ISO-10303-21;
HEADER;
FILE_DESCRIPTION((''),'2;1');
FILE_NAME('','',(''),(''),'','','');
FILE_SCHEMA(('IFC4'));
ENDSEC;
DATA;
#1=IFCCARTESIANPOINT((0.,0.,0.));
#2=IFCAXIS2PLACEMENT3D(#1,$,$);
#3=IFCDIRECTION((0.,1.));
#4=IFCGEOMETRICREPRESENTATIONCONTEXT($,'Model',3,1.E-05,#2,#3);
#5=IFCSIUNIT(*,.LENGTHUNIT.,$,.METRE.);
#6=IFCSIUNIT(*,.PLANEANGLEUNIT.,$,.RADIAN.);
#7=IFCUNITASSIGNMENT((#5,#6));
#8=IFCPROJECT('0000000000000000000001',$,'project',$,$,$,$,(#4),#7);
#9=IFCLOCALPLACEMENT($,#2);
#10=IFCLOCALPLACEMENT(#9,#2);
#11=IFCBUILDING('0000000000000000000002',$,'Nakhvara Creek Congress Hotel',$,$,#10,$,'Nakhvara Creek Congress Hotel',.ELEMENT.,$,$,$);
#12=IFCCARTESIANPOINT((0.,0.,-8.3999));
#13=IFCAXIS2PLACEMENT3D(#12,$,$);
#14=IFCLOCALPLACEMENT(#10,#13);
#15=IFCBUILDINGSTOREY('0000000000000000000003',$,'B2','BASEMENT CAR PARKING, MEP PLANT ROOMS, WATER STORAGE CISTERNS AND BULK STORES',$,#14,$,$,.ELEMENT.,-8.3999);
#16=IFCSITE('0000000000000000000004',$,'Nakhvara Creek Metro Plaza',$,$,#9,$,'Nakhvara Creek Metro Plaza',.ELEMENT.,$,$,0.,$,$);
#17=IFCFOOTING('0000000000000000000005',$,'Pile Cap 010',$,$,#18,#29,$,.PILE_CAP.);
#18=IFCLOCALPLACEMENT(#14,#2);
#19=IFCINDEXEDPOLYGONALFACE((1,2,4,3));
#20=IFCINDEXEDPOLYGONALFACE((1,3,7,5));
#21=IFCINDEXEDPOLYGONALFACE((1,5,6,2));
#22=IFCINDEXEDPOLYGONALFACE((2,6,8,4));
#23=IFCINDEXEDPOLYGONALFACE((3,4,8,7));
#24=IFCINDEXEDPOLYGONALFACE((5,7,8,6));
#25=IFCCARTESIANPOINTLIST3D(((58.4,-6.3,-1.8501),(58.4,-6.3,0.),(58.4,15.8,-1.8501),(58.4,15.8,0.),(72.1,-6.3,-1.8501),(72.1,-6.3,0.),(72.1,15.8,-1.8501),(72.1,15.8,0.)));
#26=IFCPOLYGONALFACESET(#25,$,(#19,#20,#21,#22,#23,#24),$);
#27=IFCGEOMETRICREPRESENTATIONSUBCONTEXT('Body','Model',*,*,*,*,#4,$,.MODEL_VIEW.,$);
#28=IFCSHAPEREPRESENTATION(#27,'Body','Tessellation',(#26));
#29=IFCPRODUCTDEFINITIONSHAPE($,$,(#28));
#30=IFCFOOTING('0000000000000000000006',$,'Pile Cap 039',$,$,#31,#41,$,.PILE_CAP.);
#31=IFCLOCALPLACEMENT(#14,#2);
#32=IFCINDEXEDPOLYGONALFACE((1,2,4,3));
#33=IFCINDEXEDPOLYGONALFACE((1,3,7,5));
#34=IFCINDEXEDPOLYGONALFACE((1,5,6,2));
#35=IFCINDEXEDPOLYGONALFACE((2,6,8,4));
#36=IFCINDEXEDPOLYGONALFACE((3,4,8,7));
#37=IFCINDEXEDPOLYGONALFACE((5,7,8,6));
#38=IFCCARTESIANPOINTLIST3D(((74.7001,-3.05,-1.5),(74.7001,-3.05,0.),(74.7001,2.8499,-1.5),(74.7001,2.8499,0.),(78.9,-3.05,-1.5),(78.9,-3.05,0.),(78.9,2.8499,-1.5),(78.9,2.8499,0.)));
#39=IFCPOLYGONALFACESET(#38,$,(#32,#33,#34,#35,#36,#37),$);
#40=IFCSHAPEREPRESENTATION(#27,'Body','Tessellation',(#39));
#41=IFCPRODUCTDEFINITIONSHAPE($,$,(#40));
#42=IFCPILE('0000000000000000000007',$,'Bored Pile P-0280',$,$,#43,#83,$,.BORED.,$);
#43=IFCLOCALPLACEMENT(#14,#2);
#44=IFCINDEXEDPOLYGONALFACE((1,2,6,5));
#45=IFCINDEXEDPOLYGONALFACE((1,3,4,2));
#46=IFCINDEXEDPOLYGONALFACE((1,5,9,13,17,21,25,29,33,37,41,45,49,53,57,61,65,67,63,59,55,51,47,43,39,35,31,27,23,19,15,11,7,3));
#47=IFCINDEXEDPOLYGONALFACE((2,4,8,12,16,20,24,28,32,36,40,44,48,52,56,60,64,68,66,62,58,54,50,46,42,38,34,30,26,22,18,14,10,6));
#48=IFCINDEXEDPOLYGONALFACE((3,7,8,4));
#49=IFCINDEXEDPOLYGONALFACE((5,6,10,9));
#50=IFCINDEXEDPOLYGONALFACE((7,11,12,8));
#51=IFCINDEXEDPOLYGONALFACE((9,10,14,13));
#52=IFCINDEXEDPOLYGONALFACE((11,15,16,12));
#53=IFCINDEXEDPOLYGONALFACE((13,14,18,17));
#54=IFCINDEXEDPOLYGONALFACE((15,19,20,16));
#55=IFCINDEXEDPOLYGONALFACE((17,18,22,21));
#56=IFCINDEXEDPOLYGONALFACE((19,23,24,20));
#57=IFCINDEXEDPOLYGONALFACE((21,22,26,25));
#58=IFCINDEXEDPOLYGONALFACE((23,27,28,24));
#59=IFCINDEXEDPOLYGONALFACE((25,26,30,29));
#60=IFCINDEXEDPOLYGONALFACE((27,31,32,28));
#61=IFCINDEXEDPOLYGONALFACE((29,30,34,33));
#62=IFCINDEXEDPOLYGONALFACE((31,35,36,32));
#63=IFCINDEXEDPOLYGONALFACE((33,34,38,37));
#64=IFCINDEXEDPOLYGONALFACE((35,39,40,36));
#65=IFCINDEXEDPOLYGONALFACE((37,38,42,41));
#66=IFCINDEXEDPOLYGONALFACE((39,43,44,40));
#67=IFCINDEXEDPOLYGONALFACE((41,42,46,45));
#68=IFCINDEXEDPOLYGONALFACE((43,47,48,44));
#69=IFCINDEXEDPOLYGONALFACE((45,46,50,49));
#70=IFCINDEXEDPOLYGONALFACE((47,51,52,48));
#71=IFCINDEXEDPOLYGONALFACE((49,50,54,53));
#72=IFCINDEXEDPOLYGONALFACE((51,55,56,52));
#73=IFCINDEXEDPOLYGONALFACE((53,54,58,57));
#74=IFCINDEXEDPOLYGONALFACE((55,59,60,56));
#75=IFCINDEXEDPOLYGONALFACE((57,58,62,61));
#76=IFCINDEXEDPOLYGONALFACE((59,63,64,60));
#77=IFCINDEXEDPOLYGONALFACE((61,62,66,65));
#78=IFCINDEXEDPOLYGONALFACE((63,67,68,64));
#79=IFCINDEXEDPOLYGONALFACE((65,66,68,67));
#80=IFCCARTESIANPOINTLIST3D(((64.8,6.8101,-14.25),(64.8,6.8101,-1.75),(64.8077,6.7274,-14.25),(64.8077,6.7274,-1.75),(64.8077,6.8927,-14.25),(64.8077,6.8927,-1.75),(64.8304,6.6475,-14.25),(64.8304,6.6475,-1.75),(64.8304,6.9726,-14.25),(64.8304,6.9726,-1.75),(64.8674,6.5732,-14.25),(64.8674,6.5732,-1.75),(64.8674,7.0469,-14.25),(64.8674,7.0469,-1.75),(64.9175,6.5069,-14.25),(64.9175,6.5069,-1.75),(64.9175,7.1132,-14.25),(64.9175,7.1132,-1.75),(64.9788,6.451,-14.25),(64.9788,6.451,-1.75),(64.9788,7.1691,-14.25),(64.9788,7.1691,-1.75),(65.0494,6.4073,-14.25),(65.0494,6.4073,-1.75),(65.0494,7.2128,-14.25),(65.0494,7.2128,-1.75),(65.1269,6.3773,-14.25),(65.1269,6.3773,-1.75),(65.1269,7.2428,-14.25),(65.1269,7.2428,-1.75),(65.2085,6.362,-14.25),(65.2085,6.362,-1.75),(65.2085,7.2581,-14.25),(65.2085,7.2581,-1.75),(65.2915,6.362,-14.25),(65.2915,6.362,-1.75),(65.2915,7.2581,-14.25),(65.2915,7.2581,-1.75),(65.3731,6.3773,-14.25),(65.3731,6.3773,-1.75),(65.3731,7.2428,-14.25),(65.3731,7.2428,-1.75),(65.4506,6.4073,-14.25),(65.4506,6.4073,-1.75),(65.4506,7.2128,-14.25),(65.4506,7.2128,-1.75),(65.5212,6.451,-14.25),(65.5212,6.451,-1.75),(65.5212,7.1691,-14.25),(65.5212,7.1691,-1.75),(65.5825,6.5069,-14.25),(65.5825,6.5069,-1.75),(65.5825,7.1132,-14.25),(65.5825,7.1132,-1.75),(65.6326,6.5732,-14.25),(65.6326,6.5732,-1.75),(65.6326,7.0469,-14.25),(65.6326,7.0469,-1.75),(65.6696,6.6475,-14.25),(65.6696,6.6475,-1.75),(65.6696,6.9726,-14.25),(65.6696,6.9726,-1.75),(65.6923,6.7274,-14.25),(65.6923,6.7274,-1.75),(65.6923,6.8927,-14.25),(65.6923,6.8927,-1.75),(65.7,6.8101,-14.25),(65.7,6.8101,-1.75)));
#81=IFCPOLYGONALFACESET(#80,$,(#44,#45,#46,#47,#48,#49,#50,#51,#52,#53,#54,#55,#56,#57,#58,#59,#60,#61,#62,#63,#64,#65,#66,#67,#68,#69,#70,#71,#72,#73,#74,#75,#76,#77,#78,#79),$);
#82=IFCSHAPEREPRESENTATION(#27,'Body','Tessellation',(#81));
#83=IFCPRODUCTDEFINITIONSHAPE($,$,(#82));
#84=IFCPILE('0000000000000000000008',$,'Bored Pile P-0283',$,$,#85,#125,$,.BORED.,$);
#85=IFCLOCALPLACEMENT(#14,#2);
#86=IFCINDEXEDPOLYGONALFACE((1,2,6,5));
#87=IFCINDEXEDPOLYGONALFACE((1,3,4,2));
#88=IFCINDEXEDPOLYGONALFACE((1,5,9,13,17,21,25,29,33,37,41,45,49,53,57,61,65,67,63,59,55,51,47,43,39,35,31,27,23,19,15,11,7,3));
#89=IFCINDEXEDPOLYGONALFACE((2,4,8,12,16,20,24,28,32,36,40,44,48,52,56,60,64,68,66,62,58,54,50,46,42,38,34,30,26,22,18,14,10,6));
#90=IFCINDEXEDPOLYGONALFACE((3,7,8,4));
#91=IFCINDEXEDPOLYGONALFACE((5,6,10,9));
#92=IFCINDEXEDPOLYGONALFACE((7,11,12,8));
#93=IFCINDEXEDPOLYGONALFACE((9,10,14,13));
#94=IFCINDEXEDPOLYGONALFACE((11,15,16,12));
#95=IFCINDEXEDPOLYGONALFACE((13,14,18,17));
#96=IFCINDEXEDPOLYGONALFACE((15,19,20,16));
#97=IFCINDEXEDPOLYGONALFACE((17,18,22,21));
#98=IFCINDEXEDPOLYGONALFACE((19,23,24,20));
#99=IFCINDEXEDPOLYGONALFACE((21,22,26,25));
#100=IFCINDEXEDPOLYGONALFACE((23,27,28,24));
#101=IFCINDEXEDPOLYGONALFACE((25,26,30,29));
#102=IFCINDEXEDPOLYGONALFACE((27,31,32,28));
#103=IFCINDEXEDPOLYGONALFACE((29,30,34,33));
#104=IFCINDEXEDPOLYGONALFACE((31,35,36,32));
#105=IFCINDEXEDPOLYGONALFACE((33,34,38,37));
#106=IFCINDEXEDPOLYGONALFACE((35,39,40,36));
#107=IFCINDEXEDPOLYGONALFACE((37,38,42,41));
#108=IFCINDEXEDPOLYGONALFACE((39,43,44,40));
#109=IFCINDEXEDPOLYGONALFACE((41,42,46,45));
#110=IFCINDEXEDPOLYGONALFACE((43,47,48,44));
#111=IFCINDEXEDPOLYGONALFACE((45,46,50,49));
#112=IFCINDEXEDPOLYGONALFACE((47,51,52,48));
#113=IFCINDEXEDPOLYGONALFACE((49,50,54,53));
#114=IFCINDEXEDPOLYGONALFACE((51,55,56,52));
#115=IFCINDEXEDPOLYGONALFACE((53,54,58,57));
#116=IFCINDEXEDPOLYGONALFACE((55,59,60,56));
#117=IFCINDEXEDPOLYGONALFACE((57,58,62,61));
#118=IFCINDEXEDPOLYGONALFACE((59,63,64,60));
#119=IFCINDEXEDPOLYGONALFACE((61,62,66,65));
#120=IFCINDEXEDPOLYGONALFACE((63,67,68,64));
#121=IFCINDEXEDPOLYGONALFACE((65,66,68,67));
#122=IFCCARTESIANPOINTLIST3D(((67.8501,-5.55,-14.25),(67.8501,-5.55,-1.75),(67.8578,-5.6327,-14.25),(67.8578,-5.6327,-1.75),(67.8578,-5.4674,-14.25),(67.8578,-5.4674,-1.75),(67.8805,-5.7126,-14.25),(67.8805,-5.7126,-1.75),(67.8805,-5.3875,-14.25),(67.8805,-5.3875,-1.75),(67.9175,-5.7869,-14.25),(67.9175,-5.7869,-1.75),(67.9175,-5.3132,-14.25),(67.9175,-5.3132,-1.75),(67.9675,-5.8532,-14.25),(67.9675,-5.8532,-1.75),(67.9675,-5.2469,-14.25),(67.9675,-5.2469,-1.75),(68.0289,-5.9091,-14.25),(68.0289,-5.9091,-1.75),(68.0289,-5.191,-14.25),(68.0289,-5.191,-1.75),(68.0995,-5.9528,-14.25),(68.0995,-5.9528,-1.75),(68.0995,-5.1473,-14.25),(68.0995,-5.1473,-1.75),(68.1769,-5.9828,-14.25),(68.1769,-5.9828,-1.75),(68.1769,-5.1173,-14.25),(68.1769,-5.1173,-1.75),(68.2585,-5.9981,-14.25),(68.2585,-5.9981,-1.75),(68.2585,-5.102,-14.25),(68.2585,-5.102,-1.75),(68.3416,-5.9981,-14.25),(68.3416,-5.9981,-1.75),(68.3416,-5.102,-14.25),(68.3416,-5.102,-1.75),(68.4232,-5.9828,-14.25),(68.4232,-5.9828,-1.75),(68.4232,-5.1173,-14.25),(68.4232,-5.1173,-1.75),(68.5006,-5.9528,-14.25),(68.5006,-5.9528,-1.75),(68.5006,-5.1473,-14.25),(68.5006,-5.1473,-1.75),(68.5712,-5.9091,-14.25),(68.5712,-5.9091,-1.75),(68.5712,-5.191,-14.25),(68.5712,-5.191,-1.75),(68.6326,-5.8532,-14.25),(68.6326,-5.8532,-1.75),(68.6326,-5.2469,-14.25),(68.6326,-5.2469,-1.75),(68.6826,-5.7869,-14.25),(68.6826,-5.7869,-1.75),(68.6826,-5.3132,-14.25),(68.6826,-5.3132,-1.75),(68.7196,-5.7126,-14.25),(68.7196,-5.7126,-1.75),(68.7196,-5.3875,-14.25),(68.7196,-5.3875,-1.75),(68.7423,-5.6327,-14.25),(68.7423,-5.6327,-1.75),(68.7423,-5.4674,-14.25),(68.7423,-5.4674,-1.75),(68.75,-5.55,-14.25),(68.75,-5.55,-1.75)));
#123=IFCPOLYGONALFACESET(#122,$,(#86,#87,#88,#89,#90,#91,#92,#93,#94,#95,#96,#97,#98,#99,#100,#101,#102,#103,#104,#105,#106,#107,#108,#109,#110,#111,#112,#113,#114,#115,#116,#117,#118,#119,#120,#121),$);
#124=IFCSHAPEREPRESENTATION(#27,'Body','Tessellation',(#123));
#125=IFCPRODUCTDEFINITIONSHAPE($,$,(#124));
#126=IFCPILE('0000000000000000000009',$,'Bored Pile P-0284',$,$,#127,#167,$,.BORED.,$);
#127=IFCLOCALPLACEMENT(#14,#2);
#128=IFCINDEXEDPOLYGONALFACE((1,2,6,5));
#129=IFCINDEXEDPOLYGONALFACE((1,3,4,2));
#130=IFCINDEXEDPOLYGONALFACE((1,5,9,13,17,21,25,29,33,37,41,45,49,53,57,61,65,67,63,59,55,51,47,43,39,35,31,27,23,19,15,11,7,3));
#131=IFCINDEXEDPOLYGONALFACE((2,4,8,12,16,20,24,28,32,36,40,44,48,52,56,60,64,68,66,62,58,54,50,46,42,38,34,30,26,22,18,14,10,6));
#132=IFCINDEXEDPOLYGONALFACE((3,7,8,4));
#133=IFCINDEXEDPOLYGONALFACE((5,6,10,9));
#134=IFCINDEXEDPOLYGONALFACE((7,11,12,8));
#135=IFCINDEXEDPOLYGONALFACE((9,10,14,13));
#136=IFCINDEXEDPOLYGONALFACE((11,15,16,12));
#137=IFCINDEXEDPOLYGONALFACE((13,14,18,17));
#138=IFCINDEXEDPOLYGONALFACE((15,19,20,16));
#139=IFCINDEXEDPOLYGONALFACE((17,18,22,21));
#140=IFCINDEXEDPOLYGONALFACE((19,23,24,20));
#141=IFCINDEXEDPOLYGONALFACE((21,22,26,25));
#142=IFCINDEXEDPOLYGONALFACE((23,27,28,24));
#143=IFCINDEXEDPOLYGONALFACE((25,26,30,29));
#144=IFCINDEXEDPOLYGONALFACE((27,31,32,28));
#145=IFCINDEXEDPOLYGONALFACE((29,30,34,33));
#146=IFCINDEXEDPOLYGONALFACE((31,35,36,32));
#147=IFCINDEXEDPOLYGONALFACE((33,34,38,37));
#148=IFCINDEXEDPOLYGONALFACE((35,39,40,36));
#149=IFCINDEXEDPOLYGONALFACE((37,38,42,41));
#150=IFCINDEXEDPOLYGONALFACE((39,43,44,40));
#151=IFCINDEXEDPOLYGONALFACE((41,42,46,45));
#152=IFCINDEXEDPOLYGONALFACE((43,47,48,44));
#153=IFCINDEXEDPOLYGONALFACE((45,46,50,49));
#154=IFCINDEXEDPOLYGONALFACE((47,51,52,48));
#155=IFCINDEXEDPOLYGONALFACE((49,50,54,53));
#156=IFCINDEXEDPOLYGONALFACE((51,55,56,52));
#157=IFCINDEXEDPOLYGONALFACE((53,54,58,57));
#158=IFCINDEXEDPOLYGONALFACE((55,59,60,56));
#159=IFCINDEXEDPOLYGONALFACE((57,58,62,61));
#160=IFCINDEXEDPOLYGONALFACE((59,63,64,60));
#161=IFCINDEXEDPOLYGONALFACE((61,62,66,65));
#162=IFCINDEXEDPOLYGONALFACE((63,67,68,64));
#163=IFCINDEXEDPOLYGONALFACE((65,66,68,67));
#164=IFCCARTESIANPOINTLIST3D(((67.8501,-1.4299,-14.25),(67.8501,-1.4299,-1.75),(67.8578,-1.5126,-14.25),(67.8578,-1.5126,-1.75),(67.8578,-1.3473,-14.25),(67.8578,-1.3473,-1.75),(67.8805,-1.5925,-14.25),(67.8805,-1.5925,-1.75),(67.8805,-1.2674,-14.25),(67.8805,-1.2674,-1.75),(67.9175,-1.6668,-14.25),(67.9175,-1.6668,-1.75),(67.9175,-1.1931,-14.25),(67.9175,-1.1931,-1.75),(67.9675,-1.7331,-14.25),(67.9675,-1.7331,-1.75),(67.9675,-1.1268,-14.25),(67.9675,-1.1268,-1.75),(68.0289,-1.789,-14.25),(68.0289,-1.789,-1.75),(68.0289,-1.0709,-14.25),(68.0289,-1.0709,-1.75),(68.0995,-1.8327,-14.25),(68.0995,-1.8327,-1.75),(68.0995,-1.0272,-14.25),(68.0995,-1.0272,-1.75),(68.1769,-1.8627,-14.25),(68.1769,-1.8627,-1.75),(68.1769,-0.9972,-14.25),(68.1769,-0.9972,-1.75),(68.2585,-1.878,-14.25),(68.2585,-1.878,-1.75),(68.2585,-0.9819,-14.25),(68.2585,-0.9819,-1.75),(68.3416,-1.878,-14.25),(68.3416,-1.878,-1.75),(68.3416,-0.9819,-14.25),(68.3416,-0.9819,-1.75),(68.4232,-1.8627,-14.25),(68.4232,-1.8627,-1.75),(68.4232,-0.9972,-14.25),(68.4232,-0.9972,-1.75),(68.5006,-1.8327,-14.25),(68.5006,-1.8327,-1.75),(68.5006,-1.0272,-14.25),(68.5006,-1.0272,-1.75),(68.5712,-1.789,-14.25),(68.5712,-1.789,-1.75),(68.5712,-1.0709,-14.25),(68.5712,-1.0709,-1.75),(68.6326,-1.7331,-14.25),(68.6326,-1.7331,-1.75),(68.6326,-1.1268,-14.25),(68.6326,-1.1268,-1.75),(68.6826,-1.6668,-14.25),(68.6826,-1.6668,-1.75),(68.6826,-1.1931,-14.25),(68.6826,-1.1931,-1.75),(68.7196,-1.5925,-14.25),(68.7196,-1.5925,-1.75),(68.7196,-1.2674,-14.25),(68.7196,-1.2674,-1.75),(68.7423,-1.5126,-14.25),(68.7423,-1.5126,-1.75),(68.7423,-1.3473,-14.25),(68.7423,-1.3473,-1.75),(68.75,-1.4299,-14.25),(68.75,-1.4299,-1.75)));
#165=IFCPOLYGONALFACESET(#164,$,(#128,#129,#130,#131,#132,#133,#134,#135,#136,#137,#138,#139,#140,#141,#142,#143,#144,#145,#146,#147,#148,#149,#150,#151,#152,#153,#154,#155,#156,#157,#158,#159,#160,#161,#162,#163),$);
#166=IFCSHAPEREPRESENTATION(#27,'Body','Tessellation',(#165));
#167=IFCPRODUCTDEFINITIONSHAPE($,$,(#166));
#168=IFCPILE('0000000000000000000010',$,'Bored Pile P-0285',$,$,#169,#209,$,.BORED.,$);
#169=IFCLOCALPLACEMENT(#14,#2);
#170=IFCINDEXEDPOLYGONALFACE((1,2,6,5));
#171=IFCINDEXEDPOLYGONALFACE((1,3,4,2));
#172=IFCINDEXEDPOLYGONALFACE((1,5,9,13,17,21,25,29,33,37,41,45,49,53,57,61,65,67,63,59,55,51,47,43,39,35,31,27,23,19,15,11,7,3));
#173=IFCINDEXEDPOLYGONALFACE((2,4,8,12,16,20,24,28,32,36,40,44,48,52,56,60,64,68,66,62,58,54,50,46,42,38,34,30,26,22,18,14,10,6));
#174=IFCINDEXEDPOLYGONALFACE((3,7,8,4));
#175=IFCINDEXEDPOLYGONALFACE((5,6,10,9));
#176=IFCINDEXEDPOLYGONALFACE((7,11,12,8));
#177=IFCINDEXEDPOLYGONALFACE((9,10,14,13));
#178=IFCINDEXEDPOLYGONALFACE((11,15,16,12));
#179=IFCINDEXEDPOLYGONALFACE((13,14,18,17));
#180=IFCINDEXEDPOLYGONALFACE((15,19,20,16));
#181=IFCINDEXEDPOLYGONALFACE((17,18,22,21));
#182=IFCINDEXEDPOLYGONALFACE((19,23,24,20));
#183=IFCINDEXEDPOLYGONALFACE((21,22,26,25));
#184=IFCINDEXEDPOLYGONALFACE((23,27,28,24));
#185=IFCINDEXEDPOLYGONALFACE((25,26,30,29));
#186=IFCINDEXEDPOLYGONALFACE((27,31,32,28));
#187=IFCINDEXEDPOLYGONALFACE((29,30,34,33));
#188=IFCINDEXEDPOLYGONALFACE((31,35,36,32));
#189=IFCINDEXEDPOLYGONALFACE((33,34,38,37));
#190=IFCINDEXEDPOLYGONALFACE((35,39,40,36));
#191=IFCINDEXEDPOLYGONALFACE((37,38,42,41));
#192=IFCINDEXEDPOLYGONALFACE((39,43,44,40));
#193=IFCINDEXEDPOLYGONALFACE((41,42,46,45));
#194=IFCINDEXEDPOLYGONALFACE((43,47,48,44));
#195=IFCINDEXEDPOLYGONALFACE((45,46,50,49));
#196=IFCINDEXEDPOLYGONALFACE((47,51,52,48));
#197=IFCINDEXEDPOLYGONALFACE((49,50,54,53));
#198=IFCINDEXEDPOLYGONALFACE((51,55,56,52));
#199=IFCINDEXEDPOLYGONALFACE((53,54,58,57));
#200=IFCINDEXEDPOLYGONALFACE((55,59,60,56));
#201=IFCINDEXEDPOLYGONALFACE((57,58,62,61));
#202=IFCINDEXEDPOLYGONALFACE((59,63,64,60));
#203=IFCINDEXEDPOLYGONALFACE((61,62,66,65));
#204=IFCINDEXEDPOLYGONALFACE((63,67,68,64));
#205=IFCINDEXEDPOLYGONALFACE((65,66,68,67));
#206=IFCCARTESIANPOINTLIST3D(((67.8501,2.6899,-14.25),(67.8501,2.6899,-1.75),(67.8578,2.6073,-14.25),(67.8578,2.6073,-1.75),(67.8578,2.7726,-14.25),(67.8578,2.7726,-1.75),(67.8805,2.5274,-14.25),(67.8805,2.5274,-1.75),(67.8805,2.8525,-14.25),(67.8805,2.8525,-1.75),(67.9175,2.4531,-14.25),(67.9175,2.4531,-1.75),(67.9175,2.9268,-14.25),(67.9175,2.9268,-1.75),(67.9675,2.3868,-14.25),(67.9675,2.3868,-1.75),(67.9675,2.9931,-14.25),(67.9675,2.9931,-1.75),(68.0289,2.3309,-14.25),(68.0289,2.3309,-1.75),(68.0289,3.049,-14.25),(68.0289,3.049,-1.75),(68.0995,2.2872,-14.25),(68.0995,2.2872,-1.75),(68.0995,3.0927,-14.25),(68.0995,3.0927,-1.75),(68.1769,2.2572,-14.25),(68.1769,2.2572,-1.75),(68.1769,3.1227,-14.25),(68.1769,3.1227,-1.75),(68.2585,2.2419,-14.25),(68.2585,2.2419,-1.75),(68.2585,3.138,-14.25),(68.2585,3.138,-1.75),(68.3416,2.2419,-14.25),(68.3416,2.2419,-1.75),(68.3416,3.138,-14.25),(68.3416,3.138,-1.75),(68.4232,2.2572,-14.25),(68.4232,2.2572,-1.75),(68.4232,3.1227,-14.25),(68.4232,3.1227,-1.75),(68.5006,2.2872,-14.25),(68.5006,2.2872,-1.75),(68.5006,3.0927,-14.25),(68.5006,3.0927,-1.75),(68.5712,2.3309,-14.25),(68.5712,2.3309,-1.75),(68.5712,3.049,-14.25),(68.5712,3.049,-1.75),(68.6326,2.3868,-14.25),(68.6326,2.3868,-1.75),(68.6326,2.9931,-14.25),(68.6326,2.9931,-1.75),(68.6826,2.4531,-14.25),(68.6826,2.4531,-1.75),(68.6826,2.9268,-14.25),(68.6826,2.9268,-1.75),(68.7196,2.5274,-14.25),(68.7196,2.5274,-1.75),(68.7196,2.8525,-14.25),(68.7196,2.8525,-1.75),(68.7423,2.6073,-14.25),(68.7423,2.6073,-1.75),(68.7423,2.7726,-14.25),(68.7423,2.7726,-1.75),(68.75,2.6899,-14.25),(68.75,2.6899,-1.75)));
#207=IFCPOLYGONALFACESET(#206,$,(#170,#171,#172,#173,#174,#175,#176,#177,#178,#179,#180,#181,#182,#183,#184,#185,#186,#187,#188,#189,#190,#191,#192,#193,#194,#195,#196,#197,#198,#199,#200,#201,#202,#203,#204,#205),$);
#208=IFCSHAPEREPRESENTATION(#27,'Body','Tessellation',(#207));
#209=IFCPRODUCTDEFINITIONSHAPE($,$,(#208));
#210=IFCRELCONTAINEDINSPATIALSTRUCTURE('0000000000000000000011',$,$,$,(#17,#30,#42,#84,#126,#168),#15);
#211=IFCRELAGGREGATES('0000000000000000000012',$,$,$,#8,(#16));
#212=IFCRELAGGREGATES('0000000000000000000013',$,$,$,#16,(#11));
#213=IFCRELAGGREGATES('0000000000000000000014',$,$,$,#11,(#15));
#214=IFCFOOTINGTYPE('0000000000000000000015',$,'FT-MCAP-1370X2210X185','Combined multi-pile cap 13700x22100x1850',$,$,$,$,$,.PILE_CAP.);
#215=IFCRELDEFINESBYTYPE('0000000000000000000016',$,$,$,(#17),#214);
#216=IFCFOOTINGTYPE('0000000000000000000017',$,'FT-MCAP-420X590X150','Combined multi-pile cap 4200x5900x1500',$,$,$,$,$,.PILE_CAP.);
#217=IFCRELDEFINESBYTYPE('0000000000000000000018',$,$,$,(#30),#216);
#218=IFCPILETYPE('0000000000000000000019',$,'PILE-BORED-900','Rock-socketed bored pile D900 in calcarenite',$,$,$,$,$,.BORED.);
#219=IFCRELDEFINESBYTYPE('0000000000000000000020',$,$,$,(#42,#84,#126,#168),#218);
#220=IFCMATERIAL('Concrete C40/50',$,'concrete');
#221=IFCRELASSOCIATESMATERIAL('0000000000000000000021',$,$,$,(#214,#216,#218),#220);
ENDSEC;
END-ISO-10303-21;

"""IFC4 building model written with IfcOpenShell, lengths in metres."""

from ifc_helpers import new_model, si_unit, direction, frame, origin, origin_2d, place, context, subcontext, project, spatial, rectangle, circle, extrude, material, material_profile, profile_set, type_object, element, save


model = new_model("IFC4")

# Units and contexts
model_context = context("Model", 3, precision=1e-05, world=origin(), true_north=direction((0.0, 1.0)))
body_context = subcontext(model_context, "Body", "Model", "MODEL_VIEW")
ifc_project = project(units=[si_unit("LENGTHUNIT", "METRE"), si_unit("PLANEANGLEUNIT", "RADIAN")], contexts=[model_context])

# Site, building, storey
site_placement = place(None, origin())
site = spatial("IfcSite", under=ifc_project, at=site_placement, Name="Nakhvara Creek Metro Plaza", LongName="Nakhvara Creek Metro Plaza", CompositionType="ELEMENT", RefElevation=0.0)
building_placement = place(site_placement, origin())
building = spatial("IfcBuilding", under=site, at=building_placement, Name="Nakhvara Creek Congress Hotel", LongName="Nakhvara Creek Congress Hotel", CompositionType="ELEMENT")
storey_placement = place(building_placement, frame((0.0, 0.0, -8.3999)))
storey = spatial("IfcBuildingStorey", under=building, at=storey_placement, Name="B2", Description="BASEMENT CAR PARKING, MEP PLANT ROOMS, WATER STORAGE CISTERNS AND BULK STORES", CompositionType="ELEMENT", Elevation=-8.3999)

# Footings
ifc_material_1 = material(Name="Concrete C40/50", Category="concrete")
footing_type_1 = type_object("IfcFootingType", Name="FT-MCAP-1370X2210X185", Description="Combined multi-pile cap 13700x22100x1850", PredefinedType="PILE_CAP", material=ifc_material_1)
footing_1_placement = place(storey_placement, frame((65.25, 4.75, -1.8501), z_axis=(0.0, 0.0, 1.0), x_axis=(1.0, 0.0, 0.0)))
element("IfcFooting", 1, at=footing_1_placement, inside=storey, type_object=footing_type_1, Name="Pile Cap 010", PredefinedType="PILE_CAP", context=body_context, shape_type="SweptSolid", body=[
    extrude(rectangle(XDim=13.7, YDim=22.1001, at=origin_2d()), origin(), (0.0, 0.0, 1.0), 1.8501),
])
footing_type_2 = type_object("IfcFootingType", Name="FT-MCAP-420X590X150", Description="Combined multi-pile cap 4200x5900x1500", PredefinedType="PILE_CAP", material=ifc_material_1)
footing_2_placement = place(storey_placement, frame((76.8, -0.1001, -1.5), z_axis=(0.0, 0.0, 1.0), x_axis=(1.0, 0.0, 0.0)))
element("IfcFooting", 2, at=footing_2_placement, inside=storey, type_object=footing_type_2, Name="Pile Cap 039", PredefinedType="PILE_CAP", context=body_context, shape_type="SweptSolid", body=[
    extrude(rectangle(XDim=4.2, YDim=5.8999, at=origin_2d()), origin(), (0.0, 0.0, 1.0), 1.5),
])

# Piles
ifc_material_profile_1 = material_profile(ifc_material_1, circle(Radius=0.45, at=origin_2d()), Name="BORED PILE D900", Category="LoadBearing")
ifc_profile_set_1 = profile_set([ifc_material_profile_1], Name="Concrete C40/50")
pile_type = type_object("IfcPileType", Name="PILE-BORED-900", Description="Rock-socketed bored pile D900 in calcarenite", PredefinedType="BORED", material=ifc_profile_set_1)
for number, where, z_axis, x_axis, name in (
    (3, (65.25, 6.8101, -1.75), (0.0, 0.0, -1.0), (1.0, 0.0, 0.0), "Bored Pile P-0280"),
    (4, (68.3, -5.55, -1.75), (0.0, 0.0, -1.0), (1.0, 0.0, 0.0), "Bored Pile P-0283"),
    (5, (68.3, -1.4299, -1.75), (0.0, 0.0, -1.0), (1.0, 0.0, 0.0), "Bored Pile P-0284"),
    (6, (68.3, 2.6899, -1.75), (0.0, 0.0, -1.0), (1.0, 0.0, 0.0), "Bored Pile P-0285"),
):
    element("IfcPile", number, at=place(storey_placement, frame(where, z_axis=z_axis, x_axis=x_axis)), inside=storey, type_object=pile_type, Name=name, PredefinedType="BORED", context=body_context, shape_type="SweptSolid", body=[
        extrude(circle(Radius=0.45, at=origin_2d()), origin(), (0.0, 0.0, 1.0), 12.5),
    ])

save(model, "model.ifc")
